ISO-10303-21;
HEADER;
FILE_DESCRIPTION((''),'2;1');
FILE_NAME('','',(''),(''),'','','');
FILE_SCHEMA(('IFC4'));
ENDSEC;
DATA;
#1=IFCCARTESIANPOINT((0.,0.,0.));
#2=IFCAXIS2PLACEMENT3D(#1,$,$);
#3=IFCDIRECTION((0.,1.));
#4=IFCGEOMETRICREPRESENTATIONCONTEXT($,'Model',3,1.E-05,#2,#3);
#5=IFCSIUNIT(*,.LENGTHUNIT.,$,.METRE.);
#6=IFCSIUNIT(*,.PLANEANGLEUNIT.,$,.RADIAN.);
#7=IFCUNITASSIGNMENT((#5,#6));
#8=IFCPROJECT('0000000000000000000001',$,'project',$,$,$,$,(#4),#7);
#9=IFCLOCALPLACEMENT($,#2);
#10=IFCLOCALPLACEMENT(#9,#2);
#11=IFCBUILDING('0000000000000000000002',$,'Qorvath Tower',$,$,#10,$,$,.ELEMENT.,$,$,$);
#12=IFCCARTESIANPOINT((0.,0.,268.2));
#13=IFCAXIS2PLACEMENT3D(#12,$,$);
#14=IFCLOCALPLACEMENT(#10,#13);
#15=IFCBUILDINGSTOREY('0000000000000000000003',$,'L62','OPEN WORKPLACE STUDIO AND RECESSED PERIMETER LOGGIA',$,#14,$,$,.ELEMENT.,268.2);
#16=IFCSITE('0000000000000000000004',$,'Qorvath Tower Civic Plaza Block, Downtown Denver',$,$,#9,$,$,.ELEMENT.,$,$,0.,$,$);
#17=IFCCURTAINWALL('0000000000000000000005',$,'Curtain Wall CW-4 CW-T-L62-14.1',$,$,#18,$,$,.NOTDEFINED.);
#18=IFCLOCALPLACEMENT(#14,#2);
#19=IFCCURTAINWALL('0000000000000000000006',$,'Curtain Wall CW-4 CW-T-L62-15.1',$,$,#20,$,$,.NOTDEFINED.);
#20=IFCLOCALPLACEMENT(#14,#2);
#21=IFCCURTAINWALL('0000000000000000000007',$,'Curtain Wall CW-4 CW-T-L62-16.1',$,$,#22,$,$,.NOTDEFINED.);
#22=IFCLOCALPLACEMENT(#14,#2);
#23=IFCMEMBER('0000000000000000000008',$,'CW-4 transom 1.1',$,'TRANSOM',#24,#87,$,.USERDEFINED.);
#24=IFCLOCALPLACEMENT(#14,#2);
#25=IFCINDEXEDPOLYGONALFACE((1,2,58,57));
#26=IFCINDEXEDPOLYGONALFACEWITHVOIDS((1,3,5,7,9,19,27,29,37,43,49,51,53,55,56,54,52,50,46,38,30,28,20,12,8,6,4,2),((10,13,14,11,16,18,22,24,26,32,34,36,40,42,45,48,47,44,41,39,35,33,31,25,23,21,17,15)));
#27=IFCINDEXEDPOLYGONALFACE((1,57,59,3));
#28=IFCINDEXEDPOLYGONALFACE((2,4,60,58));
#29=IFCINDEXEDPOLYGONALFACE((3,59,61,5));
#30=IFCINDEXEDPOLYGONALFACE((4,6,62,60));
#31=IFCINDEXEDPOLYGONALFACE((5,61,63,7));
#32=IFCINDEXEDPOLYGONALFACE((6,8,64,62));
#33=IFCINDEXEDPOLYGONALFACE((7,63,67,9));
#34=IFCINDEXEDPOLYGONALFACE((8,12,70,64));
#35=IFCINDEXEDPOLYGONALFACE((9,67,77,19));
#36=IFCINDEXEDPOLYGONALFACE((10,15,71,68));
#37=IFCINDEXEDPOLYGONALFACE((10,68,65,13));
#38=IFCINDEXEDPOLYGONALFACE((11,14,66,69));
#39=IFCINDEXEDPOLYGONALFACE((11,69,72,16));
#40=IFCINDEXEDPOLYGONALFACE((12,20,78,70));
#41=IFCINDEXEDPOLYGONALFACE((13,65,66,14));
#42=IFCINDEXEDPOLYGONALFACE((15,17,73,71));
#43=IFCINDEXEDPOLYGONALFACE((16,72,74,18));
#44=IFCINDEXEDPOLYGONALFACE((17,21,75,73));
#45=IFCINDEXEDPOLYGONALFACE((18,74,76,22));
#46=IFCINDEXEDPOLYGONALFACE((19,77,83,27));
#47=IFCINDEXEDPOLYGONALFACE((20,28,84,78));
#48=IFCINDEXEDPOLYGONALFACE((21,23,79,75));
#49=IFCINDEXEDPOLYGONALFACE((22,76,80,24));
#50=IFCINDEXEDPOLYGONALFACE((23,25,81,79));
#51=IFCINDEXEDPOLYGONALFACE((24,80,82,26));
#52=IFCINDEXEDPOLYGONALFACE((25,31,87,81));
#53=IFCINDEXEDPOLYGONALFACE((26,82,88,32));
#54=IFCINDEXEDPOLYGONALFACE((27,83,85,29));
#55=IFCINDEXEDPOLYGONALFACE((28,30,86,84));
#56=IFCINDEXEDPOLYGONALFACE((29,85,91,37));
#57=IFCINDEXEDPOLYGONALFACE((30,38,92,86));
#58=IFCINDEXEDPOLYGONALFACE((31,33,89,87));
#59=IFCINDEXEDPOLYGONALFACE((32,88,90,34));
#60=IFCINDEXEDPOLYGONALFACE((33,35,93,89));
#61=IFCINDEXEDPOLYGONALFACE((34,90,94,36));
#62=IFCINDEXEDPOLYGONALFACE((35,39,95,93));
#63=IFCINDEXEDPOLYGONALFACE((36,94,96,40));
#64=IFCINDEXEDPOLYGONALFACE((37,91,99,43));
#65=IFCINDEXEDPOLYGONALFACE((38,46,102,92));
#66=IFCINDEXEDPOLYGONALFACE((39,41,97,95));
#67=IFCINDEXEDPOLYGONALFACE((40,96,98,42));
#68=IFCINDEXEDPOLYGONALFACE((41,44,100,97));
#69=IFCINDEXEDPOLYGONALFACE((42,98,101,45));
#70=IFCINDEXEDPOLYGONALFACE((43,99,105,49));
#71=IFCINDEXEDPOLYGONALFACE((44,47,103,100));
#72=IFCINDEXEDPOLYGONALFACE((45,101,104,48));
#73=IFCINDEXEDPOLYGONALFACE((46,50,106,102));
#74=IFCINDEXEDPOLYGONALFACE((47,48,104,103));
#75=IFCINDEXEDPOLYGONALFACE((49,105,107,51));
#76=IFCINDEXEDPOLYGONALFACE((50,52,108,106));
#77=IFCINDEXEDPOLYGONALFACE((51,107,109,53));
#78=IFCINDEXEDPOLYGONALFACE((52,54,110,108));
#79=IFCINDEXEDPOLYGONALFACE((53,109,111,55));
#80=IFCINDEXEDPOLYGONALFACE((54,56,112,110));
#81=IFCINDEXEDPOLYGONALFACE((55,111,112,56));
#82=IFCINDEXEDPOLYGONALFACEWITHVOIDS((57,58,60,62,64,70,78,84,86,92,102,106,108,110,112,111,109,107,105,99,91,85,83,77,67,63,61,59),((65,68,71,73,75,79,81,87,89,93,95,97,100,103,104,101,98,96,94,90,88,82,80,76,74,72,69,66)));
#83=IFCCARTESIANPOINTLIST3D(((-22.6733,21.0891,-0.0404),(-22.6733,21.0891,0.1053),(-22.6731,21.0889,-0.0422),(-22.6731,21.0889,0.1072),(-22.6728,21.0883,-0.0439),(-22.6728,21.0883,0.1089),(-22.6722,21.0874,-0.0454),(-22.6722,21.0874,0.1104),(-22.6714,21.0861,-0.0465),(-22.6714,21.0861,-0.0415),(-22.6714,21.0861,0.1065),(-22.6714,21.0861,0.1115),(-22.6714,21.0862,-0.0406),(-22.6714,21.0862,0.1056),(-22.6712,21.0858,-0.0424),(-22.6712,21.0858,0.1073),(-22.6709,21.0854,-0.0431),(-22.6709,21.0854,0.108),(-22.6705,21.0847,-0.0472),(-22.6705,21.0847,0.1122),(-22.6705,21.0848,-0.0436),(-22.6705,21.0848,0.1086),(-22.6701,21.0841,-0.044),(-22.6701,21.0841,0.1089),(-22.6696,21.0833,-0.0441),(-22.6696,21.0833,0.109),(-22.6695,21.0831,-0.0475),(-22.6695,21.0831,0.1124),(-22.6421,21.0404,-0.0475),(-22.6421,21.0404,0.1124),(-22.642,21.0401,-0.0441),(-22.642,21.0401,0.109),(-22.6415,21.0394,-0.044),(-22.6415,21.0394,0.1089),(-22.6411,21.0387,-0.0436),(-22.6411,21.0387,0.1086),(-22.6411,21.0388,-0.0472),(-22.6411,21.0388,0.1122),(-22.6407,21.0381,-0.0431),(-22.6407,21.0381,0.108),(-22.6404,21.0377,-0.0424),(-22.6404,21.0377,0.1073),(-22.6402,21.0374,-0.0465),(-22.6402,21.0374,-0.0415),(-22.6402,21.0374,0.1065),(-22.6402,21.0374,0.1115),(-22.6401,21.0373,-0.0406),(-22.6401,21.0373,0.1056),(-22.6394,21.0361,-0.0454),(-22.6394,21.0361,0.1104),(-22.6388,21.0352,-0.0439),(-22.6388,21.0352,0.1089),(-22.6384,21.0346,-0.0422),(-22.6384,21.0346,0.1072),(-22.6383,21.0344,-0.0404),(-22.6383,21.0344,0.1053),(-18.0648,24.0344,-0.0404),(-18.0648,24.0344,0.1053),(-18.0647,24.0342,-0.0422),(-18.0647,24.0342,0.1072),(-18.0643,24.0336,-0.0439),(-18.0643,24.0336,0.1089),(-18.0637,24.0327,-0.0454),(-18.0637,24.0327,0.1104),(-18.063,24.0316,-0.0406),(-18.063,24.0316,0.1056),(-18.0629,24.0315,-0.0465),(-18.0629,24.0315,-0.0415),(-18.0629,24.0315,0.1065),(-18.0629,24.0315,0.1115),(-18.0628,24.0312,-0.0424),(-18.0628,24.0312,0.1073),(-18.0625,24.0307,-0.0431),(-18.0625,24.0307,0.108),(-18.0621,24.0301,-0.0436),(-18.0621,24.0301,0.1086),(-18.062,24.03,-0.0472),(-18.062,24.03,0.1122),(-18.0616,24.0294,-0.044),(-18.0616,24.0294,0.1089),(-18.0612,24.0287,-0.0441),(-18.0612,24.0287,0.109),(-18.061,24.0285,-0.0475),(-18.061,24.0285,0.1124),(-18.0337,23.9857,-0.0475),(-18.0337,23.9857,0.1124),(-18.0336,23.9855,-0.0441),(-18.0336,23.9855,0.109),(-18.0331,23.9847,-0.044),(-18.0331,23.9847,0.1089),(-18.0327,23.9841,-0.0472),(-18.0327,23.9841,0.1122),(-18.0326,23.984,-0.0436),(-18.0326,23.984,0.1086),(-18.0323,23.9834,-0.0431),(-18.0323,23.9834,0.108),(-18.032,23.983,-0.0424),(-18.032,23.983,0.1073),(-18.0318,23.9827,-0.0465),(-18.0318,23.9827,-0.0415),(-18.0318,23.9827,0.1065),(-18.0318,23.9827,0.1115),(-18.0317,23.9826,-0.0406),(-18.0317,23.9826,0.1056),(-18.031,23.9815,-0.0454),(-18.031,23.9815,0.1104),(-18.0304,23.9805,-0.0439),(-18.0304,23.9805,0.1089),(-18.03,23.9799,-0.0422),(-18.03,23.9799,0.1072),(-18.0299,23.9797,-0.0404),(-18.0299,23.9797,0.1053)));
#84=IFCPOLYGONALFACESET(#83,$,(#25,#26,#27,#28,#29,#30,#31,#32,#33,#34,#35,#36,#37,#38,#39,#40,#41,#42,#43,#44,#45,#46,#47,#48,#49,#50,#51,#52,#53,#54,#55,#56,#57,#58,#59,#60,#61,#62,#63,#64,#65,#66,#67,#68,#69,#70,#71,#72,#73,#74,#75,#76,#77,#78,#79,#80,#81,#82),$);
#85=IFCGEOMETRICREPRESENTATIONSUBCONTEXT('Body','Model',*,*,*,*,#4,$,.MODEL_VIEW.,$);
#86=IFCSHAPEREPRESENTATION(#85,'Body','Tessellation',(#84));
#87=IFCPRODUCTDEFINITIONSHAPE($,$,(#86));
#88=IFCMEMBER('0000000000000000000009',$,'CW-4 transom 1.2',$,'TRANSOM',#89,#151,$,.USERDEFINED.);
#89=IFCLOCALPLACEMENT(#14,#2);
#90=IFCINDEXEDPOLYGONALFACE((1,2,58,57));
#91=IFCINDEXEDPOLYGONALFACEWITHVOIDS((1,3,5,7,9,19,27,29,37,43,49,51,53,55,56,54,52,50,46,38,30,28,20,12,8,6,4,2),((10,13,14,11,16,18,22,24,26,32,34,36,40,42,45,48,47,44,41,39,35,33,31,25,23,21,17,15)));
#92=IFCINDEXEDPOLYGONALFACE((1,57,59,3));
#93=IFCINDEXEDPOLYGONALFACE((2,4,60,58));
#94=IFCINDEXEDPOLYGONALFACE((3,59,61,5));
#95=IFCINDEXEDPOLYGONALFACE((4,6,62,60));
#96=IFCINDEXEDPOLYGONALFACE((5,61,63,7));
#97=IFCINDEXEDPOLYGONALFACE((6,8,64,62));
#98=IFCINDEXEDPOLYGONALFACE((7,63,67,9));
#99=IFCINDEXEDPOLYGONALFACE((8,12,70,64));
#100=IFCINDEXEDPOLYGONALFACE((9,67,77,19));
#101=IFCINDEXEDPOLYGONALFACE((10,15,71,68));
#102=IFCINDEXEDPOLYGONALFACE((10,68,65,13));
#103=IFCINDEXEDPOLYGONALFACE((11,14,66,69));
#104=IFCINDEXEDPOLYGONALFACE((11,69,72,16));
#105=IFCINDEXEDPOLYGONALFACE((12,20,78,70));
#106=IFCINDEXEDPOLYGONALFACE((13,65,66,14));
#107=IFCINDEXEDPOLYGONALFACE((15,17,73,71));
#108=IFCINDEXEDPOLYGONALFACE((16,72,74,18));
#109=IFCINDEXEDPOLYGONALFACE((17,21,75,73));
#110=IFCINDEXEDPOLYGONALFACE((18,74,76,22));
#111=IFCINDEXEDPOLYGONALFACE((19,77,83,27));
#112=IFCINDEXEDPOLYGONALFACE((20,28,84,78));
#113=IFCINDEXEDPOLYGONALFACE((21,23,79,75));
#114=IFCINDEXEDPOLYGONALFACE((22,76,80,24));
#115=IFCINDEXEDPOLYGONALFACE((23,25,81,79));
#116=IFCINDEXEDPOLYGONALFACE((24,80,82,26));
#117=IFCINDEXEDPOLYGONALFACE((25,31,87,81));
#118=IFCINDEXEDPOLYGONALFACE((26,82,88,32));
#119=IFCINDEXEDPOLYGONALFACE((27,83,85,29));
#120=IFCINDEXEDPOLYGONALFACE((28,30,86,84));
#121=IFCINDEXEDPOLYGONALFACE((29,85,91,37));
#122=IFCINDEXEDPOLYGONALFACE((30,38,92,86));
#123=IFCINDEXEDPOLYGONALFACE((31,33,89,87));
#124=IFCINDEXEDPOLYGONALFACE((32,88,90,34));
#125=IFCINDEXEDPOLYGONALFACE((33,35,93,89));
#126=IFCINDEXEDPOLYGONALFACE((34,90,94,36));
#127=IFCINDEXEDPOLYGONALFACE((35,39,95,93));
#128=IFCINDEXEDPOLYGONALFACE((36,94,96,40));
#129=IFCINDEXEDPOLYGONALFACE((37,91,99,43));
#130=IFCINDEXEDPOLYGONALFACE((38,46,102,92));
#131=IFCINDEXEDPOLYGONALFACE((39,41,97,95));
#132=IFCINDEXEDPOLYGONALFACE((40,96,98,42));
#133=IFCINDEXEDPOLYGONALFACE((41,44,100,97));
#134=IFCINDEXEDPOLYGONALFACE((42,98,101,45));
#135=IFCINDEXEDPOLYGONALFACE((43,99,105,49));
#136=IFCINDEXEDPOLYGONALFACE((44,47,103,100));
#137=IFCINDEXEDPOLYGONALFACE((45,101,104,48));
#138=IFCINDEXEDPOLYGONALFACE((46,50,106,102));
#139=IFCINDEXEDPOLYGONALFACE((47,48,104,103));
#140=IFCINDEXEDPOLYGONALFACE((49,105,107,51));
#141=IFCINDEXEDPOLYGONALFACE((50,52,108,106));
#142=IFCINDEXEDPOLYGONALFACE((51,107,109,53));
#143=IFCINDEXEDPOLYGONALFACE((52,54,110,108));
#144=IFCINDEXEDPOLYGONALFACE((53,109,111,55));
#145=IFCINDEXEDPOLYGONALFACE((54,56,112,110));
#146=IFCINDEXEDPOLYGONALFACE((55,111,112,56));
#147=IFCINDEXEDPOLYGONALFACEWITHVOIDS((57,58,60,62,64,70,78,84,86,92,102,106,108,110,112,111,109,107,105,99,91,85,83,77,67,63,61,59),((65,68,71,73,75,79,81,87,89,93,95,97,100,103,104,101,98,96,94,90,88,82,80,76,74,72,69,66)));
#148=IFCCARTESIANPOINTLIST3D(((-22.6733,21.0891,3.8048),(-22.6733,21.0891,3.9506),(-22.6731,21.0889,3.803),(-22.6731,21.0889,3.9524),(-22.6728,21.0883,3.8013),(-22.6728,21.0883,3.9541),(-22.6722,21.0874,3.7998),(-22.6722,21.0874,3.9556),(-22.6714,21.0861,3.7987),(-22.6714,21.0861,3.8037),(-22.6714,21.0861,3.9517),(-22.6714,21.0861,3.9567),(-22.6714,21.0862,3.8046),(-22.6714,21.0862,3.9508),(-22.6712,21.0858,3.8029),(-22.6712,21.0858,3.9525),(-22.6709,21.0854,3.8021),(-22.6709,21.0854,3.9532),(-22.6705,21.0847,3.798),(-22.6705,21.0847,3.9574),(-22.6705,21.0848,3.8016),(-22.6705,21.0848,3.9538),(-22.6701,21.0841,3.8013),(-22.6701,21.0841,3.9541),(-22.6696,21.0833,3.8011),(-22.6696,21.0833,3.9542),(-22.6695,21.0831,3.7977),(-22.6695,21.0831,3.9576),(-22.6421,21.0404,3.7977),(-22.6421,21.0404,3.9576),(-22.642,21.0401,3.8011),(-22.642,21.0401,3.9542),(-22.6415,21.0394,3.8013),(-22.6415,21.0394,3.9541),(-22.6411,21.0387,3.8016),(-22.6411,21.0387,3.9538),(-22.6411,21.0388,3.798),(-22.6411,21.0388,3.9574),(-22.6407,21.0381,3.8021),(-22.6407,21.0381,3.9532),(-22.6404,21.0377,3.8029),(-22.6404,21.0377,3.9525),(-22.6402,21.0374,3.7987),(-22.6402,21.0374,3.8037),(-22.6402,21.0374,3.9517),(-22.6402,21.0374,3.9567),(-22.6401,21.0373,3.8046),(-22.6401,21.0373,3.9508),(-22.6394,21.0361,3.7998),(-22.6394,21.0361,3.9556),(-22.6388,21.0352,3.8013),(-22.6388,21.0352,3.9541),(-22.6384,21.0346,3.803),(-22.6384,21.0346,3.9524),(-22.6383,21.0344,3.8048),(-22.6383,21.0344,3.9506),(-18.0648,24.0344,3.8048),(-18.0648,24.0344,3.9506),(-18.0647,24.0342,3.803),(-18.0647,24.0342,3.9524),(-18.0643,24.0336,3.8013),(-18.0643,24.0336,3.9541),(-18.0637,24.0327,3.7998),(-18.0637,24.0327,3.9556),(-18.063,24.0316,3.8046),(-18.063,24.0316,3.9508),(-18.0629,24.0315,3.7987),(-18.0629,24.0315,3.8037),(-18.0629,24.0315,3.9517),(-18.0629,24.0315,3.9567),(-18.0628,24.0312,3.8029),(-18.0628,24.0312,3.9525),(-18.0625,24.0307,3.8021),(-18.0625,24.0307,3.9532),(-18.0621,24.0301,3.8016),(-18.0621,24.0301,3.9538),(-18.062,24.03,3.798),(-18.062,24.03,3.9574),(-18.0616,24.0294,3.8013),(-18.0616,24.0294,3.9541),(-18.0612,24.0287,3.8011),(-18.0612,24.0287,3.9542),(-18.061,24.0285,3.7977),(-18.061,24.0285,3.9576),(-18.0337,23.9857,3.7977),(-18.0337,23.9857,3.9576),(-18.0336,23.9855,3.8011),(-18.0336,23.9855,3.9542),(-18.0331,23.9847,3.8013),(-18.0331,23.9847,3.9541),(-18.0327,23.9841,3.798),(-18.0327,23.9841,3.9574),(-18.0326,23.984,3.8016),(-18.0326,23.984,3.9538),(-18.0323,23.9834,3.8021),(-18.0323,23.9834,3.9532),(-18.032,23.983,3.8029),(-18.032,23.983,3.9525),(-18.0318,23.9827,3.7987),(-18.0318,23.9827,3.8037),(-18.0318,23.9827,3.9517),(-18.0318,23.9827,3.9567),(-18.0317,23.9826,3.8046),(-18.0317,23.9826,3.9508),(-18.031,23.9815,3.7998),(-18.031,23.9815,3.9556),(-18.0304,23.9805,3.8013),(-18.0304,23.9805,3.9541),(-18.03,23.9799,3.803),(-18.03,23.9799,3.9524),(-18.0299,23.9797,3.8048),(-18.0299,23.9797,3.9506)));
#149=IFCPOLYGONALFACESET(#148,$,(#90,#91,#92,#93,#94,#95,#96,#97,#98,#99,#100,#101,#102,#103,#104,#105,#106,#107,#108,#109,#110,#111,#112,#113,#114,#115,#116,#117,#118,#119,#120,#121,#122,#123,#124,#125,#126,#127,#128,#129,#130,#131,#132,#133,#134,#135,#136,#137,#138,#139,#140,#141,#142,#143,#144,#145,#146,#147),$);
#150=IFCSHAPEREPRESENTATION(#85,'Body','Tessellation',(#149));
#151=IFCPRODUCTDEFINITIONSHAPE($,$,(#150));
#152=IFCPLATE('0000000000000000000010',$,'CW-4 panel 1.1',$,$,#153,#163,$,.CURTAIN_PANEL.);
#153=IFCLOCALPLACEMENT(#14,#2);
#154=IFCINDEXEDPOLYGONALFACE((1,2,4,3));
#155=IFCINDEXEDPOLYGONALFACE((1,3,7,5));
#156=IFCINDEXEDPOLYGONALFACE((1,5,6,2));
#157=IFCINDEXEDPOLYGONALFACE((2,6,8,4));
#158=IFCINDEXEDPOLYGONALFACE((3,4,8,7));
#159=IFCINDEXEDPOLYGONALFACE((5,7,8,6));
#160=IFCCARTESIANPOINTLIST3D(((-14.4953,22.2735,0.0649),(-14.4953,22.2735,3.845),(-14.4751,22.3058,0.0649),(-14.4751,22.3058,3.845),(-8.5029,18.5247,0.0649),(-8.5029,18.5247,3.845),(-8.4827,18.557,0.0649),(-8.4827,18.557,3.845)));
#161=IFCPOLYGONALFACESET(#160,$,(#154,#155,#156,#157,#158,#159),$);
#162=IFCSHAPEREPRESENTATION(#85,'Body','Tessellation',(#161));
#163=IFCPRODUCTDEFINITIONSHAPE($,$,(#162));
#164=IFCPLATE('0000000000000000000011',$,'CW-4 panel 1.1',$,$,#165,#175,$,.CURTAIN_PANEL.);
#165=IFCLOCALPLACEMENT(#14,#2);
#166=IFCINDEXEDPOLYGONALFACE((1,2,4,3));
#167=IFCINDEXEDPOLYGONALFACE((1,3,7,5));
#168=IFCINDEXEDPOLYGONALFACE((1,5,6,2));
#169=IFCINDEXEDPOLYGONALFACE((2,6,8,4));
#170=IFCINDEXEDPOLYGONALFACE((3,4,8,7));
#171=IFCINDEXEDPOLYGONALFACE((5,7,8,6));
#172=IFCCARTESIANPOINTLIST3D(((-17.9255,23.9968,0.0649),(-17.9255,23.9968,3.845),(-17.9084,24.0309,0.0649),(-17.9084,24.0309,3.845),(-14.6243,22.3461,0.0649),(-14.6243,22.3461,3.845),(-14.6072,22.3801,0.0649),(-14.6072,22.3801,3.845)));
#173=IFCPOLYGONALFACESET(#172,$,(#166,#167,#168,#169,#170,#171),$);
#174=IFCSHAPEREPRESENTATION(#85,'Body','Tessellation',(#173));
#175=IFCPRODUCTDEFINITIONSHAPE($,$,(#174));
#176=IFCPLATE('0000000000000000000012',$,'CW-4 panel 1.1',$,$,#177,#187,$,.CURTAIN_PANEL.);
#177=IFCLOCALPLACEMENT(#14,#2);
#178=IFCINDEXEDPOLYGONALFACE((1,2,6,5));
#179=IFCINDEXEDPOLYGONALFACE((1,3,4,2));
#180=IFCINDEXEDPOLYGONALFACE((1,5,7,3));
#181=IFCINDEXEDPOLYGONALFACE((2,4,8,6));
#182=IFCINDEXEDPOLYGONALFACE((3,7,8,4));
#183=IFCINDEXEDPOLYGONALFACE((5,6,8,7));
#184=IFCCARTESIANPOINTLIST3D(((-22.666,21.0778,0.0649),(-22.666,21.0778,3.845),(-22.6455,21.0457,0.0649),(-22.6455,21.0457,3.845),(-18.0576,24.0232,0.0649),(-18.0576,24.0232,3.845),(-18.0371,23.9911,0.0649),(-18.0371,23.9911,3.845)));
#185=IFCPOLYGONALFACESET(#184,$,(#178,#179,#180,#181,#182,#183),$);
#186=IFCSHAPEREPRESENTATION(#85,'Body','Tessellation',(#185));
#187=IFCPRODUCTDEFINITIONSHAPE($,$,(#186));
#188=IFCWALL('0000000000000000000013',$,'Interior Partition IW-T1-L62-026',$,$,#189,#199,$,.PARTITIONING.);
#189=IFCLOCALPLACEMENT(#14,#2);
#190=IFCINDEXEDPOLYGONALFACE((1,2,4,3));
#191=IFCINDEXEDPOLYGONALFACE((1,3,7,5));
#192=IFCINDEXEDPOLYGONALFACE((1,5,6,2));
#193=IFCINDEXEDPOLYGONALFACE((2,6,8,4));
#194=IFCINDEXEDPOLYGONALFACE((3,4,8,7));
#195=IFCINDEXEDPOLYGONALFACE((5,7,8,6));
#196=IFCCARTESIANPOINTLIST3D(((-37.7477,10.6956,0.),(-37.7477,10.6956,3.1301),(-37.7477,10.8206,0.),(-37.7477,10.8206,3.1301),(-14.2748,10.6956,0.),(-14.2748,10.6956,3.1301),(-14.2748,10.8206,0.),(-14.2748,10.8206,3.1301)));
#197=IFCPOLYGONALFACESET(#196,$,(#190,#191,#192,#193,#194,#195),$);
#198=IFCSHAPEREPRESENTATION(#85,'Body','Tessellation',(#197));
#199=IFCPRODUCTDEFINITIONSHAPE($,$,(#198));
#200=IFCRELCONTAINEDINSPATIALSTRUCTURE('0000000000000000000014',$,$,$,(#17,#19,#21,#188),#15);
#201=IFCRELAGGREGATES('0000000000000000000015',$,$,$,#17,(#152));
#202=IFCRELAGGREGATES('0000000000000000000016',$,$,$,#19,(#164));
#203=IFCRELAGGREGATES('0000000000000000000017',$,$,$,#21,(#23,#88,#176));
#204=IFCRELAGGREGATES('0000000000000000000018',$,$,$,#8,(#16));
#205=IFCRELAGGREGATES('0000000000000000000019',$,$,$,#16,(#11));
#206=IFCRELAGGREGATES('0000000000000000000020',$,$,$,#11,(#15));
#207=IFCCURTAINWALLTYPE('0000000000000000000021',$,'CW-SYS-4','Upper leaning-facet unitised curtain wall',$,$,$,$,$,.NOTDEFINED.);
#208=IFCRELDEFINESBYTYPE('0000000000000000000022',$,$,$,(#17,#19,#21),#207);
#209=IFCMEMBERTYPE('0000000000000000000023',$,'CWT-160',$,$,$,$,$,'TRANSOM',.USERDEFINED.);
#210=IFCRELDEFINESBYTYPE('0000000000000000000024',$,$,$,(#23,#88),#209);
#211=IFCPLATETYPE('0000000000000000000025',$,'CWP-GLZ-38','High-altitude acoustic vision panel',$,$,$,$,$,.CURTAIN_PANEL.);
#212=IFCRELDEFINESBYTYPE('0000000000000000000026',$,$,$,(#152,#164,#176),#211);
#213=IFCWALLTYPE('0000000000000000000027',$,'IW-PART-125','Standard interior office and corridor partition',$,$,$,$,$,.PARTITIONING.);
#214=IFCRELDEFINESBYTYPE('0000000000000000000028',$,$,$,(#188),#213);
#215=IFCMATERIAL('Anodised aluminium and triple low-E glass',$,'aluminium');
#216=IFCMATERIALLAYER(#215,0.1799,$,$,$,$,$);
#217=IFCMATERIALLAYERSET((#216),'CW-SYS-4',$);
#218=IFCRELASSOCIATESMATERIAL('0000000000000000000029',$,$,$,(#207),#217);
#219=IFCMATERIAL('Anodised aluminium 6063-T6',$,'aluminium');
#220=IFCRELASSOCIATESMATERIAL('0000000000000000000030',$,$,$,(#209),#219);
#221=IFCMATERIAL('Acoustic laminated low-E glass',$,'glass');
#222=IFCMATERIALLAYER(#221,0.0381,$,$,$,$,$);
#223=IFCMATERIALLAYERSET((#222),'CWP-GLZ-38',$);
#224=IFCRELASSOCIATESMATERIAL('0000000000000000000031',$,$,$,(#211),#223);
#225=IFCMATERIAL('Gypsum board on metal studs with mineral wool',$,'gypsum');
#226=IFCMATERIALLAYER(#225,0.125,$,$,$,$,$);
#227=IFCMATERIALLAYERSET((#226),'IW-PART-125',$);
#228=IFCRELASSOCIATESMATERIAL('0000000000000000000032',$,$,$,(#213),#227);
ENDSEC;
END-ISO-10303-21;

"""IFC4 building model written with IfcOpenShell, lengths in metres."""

from ifc_helpers import new_model, si_unit, direction, frame, frame_2d, origin, origin_2d, place, context, subcontext, project, spatial, rectangle, hollow_rectangle, extrude, material, layer, layer_set, material_profile, profile_set, type_object, element, aggregate, save


model = new_model("IFC4")

# Units and contexts
model_context = context("Model", 3, precision=1e-05, world=origin(), true_north=direction((0.0, 1.0)))
body_context = subcontext(model_context, "Body", "Model", "MODEL_VIEW")
ifc_project = project(units=[si_unit("LENGTHUNIT", "METRE"), si_unit("PLANEANGLEUNIT", "RADIAN")], contexts=[model_context])

# Site, building, storey
site_placement = place(None, origin())
site = spatial("IfcSite", under=ifc_project, at=site_placement, Name="Qorvath Tower Civic Plaza Block, Downtown Denver", CompositionType="ELEMENT", RefElevation=0.0)
building_placement = place(site_placement, origin())
building = spatial("IfcBuilding", under=site, at=building_placement, Name="Qorvath Tower", CompositionType="ELEMENT")
storey_placement = place(building_placement, frame((0.0, 0.0, 268.2)))
storey = spatial("IfcBuildingStorey", under=building, at=storey_placement, Name="L62", Description="OPEN WORKPLACE STUDIO AND RECESSED PERIMETER LOGGIA", CompositionType="ELEMENT", Elevation=268.2)

# Curtain wall
ifc_material_1 = material(Name="Anodised aluminium and triple low-E glass", Category="aluminium")
ifc_layer_1 = layer(ifc_material_1, 0.1799)
ifc_layer_set_1 = layer_set([ifc_layer_1], Name="CW-SYS-4")
curtain_wall_type = type_object("IfcCurtainWallType", Name="CW-SYS-4", Description="Upper leaning-facet unitised curtain wall", PredefinedType="NOTDEFINED", material=ifc_layer_set_1)
curtain_wall_1_placement = place(storey_placement, origin())
curtain_wall_1 = element("IfcCurtainWall", 1, at=curtain_wall_1_placement, inside=storey, type_object=curtain_wall_type, Name="Curtain Wall CW-4 CW-T-L62-14.1", PredefinedType="NOTDEFINED")

# Curtain wall
curtain_wall_2_placement = place(storey_placement, origin())
curtain_wall_2 = element("IfcCurtainWall", 2, at=curtain_wall_2_placement, inside=storey, type_object=curtain_wall_type, Name="Curtain Wall CW-4 CW-T-L62-15.1", PredefinedType="NOTDEFINED")

# Curtain wall
curtain_wall_3_placement = place(storey_placement, origin())
curtain_wall_3 = element("IfcCurtainWall", 3, at=curtain_wall_3_placement, inside=storey, type_object=curtain_wall_type, Name="Curtain Wall CW-4 CW-T-L62-16.1", PredefinedType="NOTDEFINED")

# Members
ifc_material_2 = material(Name="Anodised aluminium 6063-T6", Category="aluminium")
ifc_material_profile_1 = material_profile(ifc_material_2, hollow_rectangle(XDim=0.0649, YDim=0.1599, WallThickness=0.0034, InnerFilletRadius=0.0034, OuterFilletRadius=0.0071, at=origin_2d()), Name="CWT 160x65")
ifc_profile_set_1 = profile_set([ifc_material_profile_1], Name="Anodised aluminium 6063-T6")
member_type_1 = type_object("IfcMemberType", Name="CWT-160", ElementType="TRANSOM", PredefinedType="USERDEFINED", material=ifc_profile_set_1)
member_1_placement = place(storey_placement, frame((-18.0474, 24.0071, 0.0325), z_axis=(-0.842608, -0.538527, 0.0), x_axis=(0.538527, -0.842608, 0.0)))
member_1 = element("IfcMember", 4, at=member_1_placement, type_object=member_type_1, Name="CW-4 transom 1.1", ObjectType="TRANSOM", PredefinedType="USERDEFINED", context=body_context, shape_type="SweptSolid", body=[
    extrude(hollow_rectangle(XDim=0.0649, YDim=0.1599, WallThickness=0.0034, InnerFilletRadius=0.0034, OuterFilletRadius=0.0071, at=origin_2d()), origin(), (0.0, 0.0, 1.0), 5.4692),
])
member_2_placement = place(storey_placement, frame((-18.0474, 24.0071, 3.8777), z_axis=(-0.842608, -0.538527, 0.0), x_axis=(0.538527, -0.842608, 0.0)))
member_2 = element("IfcMember", 5, at=member_2_placement, type_object=member_type_1, Name="CW-4 transom 1.2", ObjectType="TRANSOM", PredefinedType="USERDEFINED", context=body_context, shape_type="SweptSolid", body=[
    extrude(hollow_rectangle(XDim=0.0649, YDim=0.1599, WallThickness=0.0034, InnerFilletRadius=0.0034, OuterFilletRadius=0.0071, at=origin_2d()), origin(), (0.0, 0.0, 1.0), 5.4692),
])

# Plates
ifc_material_3 = material(Name="Acoustic laminated low-E glass", Category="glass")
ifc_layer_2 = layer(ifc_material_3, 0.0381)
ifc_layer_set_2 = layer_set([ifc_layer_2], Name="CWP-GLZ-38")
plate_type = type_object("IfcPlateType", Name="CWP-GLZ-38", Description="High-altitude acoustic vision panel", PredefinedType="CURTAIN_PANEL", material=ifc_layer_set_2)
plate_1_placement = place(storey_placement, frame((-11.489, 20.4153, 0.0649), z_axis=(0.0, 0.0, 1.0), x_axis=(-0.847771, 0.530363, 0.0)))
plate_1 = element("IfcPlate", 6, at=plate_1_placement, type_object=plate_type, Name="CW-4 panel 1.1", PredefinedType="CURTAIN_PANEL", context=body_context, shape_type="SweptSolid", body=[
    extrude(rectangle(XDim=7.0684, YDim=0.0381, at=origin_2d()), origin(), (0.0, 0.0, 1.0), 3.78),
])
aggregate(curtain_wall_1, [plate_1])
plate_2_placement = place(storey_placement, frame((-16.2664, 23.1885, 0.0649), z_axis=(0.0, 0.0, 1.0), x_axis=(-0.894412, 0.447245, 0.0)))
plate_2 = element("IfcPlate", 7, at=plate_2_placement, type_object=plate_type, Name="CW-4 panel 1.1", PredefinedType="CURTAIN_PANEL", context=body_context, shape_type="SweptSolid", body=[
    extrude(rectangle(XDim=3.6909, YDim=0.0381, at=origin_2d()), origin(), (0.0, 0.0, 1.0), 3.78),
])
aggregate(curtain_wall_2, [plate_2])
plate_3_placement = place(storey_placement, frame((-20.3516, 22.5344, 0.0649), z_axis=(0.0, 0.0, 1.0), x_axis=(-0.842604, -0.538534, 0.0)))
plate_3 = element("IfcPlate", 8, at=plate_3_placement, type_object=plate_type, Name="CW-4 panel 1.1", PredefinedType="CURTAIN_PANEL", context=body_context, shape_type="SweptSolid", body=[
    extrude(rectangle(XDim=5.4692, YDim=0.0381, at=origin_2d()), origin(), (0.0, 0.0, 1.0), 3.78),
])
aggregate(curtain_wall_3, [member_1, member_2, plate_3])

# Wall
ifc_material_4 = material(Name="Gypsum board on metal studs with mineral wool", Category="gypsum")
ifc_layer_3 = layer(ifc_material_4, 0.125)
ifc_layer_set_3 = layer_set([ifc_layer_3], Name="IW-PART-125")
wall_type = type_object("IfcWallType", Name="IW-PART-125", Description="Standard interior office and corridor partition", PredefinedType="PARTITIONING", material=ifc_layer_set_3)
wall_1_placement = place(storey_placement, frame((-14.2749, 10.7581, 0.0), z_axis=(0.0, 0.0, 1.0), x_axis=(-1.0, 0.0, 0.0)))
element("IfcWall", 9, at=wall_1_placement, inside=storey, type_object=wall_type, Name="Interior Partition IW-T1-L62-026", PredefinedType="PARTITIONING", context=body_context, shape_type="SweptSolid", body=[
    extrude(rectangle(XDim=23.4729, YDim=0.125, at=frame_2d((11.7363, 0.0))), origin(), (0.0, 0.0, 1.0), 3.1301),
])

save(model, "model.ifc")
